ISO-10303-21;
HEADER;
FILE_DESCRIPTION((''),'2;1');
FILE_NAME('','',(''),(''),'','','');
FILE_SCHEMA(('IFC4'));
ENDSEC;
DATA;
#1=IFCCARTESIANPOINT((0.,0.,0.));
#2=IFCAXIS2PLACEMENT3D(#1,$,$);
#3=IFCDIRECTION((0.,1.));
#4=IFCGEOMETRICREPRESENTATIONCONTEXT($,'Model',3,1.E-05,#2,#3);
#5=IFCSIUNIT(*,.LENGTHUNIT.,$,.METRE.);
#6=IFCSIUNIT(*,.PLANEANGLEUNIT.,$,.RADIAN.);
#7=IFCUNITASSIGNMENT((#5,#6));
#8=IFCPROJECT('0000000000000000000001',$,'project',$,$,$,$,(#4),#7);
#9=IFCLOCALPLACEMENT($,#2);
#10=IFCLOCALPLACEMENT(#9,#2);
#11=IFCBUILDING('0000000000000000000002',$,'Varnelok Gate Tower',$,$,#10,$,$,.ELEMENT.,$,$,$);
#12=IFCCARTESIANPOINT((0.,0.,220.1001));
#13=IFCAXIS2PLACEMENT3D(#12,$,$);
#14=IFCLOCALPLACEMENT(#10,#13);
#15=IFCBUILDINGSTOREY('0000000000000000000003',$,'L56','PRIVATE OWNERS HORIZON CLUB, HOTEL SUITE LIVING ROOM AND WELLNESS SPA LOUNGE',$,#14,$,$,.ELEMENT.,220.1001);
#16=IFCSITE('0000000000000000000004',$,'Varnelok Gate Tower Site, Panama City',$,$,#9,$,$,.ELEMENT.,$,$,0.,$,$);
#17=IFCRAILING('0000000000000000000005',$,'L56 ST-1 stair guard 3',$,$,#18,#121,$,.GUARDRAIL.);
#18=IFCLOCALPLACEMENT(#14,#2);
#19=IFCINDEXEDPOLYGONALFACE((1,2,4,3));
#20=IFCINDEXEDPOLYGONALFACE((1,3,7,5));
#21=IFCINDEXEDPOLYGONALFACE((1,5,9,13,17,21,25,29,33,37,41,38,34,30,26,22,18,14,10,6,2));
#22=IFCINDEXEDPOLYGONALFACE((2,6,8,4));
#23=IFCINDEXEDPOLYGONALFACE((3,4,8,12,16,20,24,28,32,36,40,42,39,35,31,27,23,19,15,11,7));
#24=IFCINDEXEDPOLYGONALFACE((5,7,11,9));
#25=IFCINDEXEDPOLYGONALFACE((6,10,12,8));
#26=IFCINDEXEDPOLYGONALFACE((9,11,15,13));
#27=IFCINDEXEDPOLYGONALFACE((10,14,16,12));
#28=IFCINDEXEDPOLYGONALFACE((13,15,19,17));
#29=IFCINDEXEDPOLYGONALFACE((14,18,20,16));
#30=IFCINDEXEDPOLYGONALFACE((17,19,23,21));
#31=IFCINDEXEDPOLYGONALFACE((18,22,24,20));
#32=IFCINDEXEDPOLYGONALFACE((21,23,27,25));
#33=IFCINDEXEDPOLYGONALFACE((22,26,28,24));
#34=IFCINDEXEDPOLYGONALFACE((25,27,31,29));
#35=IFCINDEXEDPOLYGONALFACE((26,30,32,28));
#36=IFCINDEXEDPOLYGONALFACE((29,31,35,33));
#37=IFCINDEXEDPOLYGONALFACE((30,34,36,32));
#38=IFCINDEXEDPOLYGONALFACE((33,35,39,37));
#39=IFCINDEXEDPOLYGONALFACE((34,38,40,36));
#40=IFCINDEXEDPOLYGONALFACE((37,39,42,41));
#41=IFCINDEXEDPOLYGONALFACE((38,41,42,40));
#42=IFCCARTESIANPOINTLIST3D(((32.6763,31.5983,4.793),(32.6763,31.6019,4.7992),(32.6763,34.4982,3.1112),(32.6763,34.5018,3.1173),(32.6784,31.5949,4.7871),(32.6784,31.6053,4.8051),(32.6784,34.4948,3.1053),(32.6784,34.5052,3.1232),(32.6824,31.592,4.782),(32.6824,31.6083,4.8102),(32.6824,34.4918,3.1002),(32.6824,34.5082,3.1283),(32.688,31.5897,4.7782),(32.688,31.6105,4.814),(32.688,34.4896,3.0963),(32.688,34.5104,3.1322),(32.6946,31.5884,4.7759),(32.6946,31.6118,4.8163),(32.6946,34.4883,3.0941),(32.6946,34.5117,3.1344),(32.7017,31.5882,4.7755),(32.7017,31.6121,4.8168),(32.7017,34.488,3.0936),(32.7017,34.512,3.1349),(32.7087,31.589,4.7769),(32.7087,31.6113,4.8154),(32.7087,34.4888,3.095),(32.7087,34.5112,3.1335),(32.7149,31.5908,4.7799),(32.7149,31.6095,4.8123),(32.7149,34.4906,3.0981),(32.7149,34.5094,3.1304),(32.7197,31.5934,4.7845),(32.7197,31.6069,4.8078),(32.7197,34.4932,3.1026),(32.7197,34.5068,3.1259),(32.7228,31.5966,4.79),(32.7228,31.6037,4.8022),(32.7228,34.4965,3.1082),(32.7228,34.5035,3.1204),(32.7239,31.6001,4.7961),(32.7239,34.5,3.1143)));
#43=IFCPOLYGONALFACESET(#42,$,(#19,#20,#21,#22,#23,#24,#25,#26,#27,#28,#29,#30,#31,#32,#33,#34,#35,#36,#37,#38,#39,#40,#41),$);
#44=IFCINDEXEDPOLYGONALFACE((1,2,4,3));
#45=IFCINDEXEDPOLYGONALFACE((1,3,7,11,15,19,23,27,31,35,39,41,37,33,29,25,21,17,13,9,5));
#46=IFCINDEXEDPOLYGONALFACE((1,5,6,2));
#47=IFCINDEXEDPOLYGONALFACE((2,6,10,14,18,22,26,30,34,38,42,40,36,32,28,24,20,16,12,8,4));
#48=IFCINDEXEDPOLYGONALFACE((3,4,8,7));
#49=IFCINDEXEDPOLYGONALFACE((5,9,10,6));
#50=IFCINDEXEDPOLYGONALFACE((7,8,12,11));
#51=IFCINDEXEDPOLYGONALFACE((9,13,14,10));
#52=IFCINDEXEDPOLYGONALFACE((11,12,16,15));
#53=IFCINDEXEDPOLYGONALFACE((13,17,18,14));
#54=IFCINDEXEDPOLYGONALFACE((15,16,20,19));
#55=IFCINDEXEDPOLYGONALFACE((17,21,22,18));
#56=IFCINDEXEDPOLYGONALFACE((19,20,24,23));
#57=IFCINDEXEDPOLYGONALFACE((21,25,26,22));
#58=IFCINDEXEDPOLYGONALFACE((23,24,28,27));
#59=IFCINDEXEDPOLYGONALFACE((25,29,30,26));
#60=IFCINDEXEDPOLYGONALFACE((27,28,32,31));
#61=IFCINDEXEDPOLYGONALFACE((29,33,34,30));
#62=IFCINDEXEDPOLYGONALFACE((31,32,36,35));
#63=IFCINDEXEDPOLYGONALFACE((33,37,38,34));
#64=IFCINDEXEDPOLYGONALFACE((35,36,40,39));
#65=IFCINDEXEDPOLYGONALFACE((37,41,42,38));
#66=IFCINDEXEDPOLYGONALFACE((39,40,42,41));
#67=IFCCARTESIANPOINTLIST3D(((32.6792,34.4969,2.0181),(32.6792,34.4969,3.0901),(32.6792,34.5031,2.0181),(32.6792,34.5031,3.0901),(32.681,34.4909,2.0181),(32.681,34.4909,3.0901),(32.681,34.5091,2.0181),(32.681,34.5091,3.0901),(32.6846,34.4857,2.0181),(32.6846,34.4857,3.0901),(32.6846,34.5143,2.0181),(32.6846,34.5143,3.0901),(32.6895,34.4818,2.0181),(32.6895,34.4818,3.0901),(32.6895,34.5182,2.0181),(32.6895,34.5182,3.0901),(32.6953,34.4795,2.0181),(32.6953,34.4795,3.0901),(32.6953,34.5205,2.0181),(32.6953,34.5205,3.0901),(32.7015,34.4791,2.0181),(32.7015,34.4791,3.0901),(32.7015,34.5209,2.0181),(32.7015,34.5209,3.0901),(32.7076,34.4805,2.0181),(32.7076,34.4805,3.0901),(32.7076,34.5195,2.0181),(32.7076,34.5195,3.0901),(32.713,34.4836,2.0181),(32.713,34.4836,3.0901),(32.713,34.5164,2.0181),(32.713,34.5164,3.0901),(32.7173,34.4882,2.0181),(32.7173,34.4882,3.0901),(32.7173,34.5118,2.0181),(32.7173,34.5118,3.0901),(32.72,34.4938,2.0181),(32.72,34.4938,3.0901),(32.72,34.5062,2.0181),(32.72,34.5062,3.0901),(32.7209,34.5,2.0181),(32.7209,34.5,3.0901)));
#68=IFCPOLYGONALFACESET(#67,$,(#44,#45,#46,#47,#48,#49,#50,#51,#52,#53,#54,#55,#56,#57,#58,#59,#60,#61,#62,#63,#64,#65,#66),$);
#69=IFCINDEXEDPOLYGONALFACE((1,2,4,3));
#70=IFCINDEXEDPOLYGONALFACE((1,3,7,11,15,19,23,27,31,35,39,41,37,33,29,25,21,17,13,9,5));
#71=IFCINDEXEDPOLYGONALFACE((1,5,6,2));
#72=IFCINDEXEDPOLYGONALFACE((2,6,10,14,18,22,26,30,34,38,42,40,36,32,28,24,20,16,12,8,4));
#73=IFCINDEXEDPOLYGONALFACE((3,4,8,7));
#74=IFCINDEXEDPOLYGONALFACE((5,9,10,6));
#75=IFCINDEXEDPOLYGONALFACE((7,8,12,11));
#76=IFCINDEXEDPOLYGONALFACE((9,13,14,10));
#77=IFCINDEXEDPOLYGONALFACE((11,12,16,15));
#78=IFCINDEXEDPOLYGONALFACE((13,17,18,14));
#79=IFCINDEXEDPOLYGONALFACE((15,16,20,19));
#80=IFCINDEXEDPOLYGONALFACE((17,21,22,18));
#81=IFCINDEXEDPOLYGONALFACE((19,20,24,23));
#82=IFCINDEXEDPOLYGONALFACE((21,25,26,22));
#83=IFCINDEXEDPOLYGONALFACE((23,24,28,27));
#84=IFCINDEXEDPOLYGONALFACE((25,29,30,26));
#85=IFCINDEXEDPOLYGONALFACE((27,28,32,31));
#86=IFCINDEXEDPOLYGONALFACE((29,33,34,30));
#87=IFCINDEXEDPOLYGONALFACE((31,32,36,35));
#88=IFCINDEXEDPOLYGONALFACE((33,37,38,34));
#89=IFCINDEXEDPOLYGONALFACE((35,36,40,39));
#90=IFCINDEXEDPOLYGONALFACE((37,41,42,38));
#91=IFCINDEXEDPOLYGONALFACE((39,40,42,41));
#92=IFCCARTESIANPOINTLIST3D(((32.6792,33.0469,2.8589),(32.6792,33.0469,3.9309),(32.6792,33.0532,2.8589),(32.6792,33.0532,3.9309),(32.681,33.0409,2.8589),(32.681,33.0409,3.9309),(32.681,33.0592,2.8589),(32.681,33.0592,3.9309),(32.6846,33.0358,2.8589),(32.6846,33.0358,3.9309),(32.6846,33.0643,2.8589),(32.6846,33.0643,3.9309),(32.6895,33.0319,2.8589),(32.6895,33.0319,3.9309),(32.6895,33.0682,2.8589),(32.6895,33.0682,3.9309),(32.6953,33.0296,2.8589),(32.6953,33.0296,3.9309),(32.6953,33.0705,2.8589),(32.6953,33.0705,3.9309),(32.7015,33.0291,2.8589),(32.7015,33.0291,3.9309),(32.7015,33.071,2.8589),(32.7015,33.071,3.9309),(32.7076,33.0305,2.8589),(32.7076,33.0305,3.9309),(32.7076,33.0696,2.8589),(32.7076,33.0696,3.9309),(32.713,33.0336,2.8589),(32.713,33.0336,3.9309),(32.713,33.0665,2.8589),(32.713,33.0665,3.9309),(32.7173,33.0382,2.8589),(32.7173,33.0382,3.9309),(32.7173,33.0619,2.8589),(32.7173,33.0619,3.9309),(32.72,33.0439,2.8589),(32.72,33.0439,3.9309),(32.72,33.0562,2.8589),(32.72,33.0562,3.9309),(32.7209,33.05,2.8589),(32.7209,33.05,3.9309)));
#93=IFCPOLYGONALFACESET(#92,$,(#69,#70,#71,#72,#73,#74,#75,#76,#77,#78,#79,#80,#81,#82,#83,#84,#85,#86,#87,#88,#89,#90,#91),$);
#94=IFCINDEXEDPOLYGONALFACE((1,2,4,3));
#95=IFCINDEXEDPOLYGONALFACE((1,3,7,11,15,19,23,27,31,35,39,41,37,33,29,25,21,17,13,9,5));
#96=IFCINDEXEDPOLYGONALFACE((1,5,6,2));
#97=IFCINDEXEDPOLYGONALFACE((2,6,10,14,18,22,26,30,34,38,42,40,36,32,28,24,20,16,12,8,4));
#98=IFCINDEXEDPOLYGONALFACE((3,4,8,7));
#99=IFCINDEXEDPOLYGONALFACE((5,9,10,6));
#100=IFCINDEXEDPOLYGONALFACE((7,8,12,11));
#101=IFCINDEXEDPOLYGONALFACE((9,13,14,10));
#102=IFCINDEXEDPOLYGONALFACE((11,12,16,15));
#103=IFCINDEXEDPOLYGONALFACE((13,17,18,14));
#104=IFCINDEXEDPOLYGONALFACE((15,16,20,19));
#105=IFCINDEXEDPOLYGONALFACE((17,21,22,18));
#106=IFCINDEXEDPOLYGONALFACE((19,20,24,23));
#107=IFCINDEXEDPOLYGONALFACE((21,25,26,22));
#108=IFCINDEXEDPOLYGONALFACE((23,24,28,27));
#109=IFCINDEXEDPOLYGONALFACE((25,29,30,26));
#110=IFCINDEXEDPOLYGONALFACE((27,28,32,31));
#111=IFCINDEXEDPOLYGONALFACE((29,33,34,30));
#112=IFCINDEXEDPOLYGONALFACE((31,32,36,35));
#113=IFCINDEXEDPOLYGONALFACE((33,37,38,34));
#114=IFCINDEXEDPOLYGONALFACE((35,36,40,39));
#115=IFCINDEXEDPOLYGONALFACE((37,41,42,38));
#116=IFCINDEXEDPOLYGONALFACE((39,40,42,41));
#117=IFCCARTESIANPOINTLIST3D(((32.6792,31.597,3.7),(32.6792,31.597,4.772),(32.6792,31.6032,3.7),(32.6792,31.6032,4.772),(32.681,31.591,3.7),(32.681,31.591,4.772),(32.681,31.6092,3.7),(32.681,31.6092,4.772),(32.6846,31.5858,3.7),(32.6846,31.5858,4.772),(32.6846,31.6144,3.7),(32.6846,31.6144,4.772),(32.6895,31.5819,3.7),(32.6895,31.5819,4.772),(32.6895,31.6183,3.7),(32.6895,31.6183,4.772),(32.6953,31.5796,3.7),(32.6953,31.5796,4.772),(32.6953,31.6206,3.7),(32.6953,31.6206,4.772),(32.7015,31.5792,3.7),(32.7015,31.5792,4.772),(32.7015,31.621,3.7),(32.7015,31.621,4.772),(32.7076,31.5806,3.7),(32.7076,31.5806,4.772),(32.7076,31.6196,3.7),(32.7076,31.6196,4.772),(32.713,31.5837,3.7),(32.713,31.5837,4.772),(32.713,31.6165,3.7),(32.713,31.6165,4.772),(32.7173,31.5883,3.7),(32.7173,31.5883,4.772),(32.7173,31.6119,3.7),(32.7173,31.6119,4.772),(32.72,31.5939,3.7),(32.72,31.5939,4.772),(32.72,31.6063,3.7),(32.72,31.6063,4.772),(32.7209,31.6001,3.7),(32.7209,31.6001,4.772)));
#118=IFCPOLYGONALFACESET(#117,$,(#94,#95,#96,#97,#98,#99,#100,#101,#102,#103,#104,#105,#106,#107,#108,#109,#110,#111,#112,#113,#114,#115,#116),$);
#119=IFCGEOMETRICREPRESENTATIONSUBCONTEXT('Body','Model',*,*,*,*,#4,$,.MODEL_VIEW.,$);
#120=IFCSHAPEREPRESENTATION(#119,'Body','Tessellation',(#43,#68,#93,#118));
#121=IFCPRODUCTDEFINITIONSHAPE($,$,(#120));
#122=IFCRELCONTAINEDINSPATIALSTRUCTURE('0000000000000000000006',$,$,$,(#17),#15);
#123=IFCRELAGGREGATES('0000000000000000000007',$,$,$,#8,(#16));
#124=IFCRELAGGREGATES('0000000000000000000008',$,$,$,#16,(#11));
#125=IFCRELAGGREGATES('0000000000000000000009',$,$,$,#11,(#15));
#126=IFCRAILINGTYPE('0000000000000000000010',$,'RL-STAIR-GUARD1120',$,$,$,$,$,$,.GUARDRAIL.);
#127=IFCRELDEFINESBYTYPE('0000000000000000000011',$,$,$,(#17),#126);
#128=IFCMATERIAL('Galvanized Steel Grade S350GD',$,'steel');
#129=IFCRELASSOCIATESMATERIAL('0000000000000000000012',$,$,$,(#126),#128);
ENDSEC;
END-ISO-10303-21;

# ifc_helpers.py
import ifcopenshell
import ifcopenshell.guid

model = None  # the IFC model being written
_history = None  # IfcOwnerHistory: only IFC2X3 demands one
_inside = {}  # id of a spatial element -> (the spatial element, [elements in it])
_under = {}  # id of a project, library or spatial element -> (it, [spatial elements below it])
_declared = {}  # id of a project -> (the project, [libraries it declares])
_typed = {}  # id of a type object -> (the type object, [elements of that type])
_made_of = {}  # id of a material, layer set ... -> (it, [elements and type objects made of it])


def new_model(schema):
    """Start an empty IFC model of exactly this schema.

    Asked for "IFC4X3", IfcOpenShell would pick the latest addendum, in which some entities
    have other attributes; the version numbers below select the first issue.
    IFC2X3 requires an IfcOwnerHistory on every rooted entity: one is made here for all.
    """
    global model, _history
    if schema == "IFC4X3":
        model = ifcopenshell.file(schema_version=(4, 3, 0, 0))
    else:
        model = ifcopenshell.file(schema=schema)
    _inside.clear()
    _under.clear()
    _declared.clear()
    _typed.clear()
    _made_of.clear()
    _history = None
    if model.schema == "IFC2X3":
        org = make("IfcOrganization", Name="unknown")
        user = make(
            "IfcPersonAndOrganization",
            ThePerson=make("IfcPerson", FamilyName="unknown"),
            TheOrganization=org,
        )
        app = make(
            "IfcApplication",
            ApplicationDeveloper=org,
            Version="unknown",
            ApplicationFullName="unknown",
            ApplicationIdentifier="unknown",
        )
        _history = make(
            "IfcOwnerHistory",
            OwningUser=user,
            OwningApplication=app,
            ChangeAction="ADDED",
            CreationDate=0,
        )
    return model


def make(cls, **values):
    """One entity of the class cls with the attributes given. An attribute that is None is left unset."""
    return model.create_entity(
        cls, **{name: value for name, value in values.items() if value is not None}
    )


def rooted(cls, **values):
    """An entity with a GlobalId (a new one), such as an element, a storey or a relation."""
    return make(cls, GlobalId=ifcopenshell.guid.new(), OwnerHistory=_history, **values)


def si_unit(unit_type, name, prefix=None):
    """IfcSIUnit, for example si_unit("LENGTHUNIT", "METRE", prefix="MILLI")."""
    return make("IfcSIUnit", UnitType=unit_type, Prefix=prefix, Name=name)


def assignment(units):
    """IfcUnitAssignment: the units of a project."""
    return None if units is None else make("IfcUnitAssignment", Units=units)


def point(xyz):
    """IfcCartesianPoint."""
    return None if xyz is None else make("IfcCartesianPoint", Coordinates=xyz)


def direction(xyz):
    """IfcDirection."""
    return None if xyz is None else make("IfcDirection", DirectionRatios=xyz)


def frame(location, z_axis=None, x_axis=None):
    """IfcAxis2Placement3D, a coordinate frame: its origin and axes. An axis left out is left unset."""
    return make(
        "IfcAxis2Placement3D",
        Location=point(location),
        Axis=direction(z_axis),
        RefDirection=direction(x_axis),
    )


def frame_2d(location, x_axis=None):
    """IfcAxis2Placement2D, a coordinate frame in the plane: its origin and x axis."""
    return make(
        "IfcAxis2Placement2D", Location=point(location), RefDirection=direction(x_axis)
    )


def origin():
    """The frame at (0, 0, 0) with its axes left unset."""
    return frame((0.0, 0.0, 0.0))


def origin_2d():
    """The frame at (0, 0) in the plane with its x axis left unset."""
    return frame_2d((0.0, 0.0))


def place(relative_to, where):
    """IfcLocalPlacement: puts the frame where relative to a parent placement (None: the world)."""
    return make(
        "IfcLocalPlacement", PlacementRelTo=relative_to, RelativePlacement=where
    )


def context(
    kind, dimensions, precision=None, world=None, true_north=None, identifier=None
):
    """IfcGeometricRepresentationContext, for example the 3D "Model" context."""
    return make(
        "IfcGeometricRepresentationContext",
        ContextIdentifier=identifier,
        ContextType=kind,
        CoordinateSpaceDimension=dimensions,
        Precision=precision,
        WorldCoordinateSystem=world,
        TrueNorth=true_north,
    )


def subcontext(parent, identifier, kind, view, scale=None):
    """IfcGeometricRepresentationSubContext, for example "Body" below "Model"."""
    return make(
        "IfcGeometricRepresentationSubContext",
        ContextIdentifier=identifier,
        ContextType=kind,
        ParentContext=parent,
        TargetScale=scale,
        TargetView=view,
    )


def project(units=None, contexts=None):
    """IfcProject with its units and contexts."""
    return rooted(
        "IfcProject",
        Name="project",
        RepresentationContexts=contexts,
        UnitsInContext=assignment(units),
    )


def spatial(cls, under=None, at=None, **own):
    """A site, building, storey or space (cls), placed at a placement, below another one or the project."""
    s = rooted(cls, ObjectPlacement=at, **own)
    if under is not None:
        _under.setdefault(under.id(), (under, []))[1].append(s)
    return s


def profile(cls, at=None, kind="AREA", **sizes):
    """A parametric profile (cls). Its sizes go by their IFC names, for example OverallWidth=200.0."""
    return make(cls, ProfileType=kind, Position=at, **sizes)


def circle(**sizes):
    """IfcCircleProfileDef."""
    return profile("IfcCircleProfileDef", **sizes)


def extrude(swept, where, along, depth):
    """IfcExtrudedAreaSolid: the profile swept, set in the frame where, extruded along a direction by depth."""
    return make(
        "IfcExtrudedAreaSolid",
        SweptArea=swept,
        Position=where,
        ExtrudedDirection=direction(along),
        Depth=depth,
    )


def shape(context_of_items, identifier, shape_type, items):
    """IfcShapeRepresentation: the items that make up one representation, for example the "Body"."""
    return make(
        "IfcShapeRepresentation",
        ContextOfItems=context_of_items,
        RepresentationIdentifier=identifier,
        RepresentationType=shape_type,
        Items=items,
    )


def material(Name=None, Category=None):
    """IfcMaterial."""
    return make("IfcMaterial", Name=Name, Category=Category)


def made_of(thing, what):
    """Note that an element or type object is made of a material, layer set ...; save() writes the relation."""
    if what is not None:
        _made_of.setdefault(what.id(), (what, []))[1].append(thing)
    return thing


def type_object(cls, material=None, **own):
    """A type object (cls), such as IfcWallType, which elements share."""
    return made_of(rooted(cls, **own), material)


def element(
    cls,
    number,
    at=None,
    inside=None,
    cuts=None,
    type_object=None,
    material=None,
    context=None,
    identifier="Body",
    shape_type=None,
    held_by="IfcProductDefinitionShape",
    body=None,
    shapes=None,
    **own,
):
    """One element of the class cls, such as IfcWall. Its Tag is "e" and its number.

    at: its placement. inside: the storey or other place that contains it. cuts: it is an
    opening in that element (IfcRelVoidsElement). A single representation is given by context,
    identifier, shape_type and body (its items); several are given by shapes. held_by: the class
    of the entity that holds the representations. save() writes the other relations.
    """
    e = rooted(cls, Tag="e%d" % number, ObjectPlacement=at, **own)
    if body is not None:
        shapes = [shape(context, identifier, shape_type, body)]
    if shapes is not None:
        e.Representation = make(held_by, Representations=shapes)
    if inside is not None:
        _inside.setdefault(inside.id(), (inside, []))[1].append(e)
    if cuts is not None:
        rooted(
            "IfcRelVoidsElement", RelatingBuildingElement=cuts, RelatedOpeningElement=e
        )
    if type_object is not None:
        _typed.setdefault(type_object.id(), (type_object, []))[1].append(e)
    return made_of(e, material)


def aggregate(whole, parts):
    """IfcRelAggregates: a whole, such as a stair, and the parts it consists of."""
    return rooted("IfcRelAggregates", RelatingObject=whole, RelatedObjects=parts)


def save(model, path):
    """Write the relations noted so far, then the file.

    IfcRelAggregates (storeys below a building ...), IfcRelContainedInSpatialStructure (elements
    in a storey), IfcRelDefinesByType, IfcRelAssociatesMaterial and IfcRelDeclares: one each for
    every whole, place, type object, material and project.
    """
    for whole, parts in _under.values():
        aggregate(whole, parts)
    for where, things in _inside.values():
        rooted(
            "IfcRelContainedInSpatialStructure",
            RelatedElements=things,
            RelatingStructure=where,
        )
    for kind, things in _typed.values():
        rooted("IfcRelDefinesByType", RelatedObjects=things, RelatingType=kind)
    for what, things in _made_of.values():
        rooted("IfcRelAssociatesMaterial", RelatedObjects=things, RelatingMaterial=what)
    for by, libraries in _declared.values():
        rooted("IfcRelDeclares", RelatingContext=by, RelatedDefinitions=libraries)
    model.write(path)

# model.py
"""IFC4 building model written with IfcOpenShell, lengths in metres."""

from ifc_helpers import new_model, si_unit, direction, frame, origin, origin_2d, place, context, subcontext, project, spatial, circle, extrude, material, type_object, element, save


model = new_model("IFC4")

# Units and contexts
model_context = context("Model", 3, precision=1e-05, world=origin(), true_north=direction((0.0, 1.0)))
body_context = subcontext(model_context, "Body", "Model", "MODEL_VIEW")
ifc_project = project(units=[si_unit("LENGTHUNIT", "METRE"), si_unit("PLANEANGLEUNIT", "RADIAN")], contexts=[model_context])

# Site, building, storey
site_placement = place(None, origin())
site = spatial("IfcSite", under=ifc_project, at=site_placement, Name="Varnelok Gate Tower Site, Panama City", CompositionType="ELEMENT", RefElevation=0.0)
building_placement = place(site_placement, origin())
building = spatial("IfcBuilding", under=site, at=building_placement, Name="Varnelok Gate Tower", CompositionType="ELEMENT")
storey_placement = place(building_placement, frame((0.0, 0.0, 220.1001)))
storey = spatial("IfcBuildingStorey", under=building, at=storey_placement, Name="L56", Description="PRIVATE OWNERS HORIZON CLUB, HOTEL SUITE LIVING ROOM AND WELLNESS SPA LOUNGE", CompositionType="ELEMENT", Elevation=220.1001)

# Railing
ifc_material_1 = material(Name="Galvanized Steel Grade S350GD", Category="steel")
railing_type_1 = type_object("IfcRailingType", Name="RL-STAIR-GUARD1120", PredefinedType="GUARDRAIL", material=ifc_material_1)
railing_1_placement = place(storey_placement, frame((32.7, 34.5, 2.0181)))
element("IfcRailing", 1, at=railing_1_placement, inside=storey, type_object=railing_type_1, Name="L56 ST-1 stair guard 3", PredefinedType="GUARDRAIL", context=body_context, shape_type="SweptSolid", body=[
    extrude(circle(Radius=0.0239, at=origin_2d()), frame((0.0, 0.0, 1.0962), z_axis=(0.0, -0.865039, 0.501705), x_axis=(1.0, 0.0, 0.0)), (0.0, 0.0, 1.0), 3.3523),
    extrude(circle(Radius=0.021, at=origin_2d()), origin(), (0.0, 0.0, 1.0), 1.072),
    extrude(circle(Radius=0.021, at=origin_2d()), frame((0.0, -1.45, 0.8408)), (0.0, 0.0, 1.0), 1.072),
    extrude(circle(Radius=0.021, at=origin_2d()), frame((0.0, -2.8999, 1.6819)), (0.0, 0.0, 1.0), 1.072),
])

save(model, "model.ifc")
